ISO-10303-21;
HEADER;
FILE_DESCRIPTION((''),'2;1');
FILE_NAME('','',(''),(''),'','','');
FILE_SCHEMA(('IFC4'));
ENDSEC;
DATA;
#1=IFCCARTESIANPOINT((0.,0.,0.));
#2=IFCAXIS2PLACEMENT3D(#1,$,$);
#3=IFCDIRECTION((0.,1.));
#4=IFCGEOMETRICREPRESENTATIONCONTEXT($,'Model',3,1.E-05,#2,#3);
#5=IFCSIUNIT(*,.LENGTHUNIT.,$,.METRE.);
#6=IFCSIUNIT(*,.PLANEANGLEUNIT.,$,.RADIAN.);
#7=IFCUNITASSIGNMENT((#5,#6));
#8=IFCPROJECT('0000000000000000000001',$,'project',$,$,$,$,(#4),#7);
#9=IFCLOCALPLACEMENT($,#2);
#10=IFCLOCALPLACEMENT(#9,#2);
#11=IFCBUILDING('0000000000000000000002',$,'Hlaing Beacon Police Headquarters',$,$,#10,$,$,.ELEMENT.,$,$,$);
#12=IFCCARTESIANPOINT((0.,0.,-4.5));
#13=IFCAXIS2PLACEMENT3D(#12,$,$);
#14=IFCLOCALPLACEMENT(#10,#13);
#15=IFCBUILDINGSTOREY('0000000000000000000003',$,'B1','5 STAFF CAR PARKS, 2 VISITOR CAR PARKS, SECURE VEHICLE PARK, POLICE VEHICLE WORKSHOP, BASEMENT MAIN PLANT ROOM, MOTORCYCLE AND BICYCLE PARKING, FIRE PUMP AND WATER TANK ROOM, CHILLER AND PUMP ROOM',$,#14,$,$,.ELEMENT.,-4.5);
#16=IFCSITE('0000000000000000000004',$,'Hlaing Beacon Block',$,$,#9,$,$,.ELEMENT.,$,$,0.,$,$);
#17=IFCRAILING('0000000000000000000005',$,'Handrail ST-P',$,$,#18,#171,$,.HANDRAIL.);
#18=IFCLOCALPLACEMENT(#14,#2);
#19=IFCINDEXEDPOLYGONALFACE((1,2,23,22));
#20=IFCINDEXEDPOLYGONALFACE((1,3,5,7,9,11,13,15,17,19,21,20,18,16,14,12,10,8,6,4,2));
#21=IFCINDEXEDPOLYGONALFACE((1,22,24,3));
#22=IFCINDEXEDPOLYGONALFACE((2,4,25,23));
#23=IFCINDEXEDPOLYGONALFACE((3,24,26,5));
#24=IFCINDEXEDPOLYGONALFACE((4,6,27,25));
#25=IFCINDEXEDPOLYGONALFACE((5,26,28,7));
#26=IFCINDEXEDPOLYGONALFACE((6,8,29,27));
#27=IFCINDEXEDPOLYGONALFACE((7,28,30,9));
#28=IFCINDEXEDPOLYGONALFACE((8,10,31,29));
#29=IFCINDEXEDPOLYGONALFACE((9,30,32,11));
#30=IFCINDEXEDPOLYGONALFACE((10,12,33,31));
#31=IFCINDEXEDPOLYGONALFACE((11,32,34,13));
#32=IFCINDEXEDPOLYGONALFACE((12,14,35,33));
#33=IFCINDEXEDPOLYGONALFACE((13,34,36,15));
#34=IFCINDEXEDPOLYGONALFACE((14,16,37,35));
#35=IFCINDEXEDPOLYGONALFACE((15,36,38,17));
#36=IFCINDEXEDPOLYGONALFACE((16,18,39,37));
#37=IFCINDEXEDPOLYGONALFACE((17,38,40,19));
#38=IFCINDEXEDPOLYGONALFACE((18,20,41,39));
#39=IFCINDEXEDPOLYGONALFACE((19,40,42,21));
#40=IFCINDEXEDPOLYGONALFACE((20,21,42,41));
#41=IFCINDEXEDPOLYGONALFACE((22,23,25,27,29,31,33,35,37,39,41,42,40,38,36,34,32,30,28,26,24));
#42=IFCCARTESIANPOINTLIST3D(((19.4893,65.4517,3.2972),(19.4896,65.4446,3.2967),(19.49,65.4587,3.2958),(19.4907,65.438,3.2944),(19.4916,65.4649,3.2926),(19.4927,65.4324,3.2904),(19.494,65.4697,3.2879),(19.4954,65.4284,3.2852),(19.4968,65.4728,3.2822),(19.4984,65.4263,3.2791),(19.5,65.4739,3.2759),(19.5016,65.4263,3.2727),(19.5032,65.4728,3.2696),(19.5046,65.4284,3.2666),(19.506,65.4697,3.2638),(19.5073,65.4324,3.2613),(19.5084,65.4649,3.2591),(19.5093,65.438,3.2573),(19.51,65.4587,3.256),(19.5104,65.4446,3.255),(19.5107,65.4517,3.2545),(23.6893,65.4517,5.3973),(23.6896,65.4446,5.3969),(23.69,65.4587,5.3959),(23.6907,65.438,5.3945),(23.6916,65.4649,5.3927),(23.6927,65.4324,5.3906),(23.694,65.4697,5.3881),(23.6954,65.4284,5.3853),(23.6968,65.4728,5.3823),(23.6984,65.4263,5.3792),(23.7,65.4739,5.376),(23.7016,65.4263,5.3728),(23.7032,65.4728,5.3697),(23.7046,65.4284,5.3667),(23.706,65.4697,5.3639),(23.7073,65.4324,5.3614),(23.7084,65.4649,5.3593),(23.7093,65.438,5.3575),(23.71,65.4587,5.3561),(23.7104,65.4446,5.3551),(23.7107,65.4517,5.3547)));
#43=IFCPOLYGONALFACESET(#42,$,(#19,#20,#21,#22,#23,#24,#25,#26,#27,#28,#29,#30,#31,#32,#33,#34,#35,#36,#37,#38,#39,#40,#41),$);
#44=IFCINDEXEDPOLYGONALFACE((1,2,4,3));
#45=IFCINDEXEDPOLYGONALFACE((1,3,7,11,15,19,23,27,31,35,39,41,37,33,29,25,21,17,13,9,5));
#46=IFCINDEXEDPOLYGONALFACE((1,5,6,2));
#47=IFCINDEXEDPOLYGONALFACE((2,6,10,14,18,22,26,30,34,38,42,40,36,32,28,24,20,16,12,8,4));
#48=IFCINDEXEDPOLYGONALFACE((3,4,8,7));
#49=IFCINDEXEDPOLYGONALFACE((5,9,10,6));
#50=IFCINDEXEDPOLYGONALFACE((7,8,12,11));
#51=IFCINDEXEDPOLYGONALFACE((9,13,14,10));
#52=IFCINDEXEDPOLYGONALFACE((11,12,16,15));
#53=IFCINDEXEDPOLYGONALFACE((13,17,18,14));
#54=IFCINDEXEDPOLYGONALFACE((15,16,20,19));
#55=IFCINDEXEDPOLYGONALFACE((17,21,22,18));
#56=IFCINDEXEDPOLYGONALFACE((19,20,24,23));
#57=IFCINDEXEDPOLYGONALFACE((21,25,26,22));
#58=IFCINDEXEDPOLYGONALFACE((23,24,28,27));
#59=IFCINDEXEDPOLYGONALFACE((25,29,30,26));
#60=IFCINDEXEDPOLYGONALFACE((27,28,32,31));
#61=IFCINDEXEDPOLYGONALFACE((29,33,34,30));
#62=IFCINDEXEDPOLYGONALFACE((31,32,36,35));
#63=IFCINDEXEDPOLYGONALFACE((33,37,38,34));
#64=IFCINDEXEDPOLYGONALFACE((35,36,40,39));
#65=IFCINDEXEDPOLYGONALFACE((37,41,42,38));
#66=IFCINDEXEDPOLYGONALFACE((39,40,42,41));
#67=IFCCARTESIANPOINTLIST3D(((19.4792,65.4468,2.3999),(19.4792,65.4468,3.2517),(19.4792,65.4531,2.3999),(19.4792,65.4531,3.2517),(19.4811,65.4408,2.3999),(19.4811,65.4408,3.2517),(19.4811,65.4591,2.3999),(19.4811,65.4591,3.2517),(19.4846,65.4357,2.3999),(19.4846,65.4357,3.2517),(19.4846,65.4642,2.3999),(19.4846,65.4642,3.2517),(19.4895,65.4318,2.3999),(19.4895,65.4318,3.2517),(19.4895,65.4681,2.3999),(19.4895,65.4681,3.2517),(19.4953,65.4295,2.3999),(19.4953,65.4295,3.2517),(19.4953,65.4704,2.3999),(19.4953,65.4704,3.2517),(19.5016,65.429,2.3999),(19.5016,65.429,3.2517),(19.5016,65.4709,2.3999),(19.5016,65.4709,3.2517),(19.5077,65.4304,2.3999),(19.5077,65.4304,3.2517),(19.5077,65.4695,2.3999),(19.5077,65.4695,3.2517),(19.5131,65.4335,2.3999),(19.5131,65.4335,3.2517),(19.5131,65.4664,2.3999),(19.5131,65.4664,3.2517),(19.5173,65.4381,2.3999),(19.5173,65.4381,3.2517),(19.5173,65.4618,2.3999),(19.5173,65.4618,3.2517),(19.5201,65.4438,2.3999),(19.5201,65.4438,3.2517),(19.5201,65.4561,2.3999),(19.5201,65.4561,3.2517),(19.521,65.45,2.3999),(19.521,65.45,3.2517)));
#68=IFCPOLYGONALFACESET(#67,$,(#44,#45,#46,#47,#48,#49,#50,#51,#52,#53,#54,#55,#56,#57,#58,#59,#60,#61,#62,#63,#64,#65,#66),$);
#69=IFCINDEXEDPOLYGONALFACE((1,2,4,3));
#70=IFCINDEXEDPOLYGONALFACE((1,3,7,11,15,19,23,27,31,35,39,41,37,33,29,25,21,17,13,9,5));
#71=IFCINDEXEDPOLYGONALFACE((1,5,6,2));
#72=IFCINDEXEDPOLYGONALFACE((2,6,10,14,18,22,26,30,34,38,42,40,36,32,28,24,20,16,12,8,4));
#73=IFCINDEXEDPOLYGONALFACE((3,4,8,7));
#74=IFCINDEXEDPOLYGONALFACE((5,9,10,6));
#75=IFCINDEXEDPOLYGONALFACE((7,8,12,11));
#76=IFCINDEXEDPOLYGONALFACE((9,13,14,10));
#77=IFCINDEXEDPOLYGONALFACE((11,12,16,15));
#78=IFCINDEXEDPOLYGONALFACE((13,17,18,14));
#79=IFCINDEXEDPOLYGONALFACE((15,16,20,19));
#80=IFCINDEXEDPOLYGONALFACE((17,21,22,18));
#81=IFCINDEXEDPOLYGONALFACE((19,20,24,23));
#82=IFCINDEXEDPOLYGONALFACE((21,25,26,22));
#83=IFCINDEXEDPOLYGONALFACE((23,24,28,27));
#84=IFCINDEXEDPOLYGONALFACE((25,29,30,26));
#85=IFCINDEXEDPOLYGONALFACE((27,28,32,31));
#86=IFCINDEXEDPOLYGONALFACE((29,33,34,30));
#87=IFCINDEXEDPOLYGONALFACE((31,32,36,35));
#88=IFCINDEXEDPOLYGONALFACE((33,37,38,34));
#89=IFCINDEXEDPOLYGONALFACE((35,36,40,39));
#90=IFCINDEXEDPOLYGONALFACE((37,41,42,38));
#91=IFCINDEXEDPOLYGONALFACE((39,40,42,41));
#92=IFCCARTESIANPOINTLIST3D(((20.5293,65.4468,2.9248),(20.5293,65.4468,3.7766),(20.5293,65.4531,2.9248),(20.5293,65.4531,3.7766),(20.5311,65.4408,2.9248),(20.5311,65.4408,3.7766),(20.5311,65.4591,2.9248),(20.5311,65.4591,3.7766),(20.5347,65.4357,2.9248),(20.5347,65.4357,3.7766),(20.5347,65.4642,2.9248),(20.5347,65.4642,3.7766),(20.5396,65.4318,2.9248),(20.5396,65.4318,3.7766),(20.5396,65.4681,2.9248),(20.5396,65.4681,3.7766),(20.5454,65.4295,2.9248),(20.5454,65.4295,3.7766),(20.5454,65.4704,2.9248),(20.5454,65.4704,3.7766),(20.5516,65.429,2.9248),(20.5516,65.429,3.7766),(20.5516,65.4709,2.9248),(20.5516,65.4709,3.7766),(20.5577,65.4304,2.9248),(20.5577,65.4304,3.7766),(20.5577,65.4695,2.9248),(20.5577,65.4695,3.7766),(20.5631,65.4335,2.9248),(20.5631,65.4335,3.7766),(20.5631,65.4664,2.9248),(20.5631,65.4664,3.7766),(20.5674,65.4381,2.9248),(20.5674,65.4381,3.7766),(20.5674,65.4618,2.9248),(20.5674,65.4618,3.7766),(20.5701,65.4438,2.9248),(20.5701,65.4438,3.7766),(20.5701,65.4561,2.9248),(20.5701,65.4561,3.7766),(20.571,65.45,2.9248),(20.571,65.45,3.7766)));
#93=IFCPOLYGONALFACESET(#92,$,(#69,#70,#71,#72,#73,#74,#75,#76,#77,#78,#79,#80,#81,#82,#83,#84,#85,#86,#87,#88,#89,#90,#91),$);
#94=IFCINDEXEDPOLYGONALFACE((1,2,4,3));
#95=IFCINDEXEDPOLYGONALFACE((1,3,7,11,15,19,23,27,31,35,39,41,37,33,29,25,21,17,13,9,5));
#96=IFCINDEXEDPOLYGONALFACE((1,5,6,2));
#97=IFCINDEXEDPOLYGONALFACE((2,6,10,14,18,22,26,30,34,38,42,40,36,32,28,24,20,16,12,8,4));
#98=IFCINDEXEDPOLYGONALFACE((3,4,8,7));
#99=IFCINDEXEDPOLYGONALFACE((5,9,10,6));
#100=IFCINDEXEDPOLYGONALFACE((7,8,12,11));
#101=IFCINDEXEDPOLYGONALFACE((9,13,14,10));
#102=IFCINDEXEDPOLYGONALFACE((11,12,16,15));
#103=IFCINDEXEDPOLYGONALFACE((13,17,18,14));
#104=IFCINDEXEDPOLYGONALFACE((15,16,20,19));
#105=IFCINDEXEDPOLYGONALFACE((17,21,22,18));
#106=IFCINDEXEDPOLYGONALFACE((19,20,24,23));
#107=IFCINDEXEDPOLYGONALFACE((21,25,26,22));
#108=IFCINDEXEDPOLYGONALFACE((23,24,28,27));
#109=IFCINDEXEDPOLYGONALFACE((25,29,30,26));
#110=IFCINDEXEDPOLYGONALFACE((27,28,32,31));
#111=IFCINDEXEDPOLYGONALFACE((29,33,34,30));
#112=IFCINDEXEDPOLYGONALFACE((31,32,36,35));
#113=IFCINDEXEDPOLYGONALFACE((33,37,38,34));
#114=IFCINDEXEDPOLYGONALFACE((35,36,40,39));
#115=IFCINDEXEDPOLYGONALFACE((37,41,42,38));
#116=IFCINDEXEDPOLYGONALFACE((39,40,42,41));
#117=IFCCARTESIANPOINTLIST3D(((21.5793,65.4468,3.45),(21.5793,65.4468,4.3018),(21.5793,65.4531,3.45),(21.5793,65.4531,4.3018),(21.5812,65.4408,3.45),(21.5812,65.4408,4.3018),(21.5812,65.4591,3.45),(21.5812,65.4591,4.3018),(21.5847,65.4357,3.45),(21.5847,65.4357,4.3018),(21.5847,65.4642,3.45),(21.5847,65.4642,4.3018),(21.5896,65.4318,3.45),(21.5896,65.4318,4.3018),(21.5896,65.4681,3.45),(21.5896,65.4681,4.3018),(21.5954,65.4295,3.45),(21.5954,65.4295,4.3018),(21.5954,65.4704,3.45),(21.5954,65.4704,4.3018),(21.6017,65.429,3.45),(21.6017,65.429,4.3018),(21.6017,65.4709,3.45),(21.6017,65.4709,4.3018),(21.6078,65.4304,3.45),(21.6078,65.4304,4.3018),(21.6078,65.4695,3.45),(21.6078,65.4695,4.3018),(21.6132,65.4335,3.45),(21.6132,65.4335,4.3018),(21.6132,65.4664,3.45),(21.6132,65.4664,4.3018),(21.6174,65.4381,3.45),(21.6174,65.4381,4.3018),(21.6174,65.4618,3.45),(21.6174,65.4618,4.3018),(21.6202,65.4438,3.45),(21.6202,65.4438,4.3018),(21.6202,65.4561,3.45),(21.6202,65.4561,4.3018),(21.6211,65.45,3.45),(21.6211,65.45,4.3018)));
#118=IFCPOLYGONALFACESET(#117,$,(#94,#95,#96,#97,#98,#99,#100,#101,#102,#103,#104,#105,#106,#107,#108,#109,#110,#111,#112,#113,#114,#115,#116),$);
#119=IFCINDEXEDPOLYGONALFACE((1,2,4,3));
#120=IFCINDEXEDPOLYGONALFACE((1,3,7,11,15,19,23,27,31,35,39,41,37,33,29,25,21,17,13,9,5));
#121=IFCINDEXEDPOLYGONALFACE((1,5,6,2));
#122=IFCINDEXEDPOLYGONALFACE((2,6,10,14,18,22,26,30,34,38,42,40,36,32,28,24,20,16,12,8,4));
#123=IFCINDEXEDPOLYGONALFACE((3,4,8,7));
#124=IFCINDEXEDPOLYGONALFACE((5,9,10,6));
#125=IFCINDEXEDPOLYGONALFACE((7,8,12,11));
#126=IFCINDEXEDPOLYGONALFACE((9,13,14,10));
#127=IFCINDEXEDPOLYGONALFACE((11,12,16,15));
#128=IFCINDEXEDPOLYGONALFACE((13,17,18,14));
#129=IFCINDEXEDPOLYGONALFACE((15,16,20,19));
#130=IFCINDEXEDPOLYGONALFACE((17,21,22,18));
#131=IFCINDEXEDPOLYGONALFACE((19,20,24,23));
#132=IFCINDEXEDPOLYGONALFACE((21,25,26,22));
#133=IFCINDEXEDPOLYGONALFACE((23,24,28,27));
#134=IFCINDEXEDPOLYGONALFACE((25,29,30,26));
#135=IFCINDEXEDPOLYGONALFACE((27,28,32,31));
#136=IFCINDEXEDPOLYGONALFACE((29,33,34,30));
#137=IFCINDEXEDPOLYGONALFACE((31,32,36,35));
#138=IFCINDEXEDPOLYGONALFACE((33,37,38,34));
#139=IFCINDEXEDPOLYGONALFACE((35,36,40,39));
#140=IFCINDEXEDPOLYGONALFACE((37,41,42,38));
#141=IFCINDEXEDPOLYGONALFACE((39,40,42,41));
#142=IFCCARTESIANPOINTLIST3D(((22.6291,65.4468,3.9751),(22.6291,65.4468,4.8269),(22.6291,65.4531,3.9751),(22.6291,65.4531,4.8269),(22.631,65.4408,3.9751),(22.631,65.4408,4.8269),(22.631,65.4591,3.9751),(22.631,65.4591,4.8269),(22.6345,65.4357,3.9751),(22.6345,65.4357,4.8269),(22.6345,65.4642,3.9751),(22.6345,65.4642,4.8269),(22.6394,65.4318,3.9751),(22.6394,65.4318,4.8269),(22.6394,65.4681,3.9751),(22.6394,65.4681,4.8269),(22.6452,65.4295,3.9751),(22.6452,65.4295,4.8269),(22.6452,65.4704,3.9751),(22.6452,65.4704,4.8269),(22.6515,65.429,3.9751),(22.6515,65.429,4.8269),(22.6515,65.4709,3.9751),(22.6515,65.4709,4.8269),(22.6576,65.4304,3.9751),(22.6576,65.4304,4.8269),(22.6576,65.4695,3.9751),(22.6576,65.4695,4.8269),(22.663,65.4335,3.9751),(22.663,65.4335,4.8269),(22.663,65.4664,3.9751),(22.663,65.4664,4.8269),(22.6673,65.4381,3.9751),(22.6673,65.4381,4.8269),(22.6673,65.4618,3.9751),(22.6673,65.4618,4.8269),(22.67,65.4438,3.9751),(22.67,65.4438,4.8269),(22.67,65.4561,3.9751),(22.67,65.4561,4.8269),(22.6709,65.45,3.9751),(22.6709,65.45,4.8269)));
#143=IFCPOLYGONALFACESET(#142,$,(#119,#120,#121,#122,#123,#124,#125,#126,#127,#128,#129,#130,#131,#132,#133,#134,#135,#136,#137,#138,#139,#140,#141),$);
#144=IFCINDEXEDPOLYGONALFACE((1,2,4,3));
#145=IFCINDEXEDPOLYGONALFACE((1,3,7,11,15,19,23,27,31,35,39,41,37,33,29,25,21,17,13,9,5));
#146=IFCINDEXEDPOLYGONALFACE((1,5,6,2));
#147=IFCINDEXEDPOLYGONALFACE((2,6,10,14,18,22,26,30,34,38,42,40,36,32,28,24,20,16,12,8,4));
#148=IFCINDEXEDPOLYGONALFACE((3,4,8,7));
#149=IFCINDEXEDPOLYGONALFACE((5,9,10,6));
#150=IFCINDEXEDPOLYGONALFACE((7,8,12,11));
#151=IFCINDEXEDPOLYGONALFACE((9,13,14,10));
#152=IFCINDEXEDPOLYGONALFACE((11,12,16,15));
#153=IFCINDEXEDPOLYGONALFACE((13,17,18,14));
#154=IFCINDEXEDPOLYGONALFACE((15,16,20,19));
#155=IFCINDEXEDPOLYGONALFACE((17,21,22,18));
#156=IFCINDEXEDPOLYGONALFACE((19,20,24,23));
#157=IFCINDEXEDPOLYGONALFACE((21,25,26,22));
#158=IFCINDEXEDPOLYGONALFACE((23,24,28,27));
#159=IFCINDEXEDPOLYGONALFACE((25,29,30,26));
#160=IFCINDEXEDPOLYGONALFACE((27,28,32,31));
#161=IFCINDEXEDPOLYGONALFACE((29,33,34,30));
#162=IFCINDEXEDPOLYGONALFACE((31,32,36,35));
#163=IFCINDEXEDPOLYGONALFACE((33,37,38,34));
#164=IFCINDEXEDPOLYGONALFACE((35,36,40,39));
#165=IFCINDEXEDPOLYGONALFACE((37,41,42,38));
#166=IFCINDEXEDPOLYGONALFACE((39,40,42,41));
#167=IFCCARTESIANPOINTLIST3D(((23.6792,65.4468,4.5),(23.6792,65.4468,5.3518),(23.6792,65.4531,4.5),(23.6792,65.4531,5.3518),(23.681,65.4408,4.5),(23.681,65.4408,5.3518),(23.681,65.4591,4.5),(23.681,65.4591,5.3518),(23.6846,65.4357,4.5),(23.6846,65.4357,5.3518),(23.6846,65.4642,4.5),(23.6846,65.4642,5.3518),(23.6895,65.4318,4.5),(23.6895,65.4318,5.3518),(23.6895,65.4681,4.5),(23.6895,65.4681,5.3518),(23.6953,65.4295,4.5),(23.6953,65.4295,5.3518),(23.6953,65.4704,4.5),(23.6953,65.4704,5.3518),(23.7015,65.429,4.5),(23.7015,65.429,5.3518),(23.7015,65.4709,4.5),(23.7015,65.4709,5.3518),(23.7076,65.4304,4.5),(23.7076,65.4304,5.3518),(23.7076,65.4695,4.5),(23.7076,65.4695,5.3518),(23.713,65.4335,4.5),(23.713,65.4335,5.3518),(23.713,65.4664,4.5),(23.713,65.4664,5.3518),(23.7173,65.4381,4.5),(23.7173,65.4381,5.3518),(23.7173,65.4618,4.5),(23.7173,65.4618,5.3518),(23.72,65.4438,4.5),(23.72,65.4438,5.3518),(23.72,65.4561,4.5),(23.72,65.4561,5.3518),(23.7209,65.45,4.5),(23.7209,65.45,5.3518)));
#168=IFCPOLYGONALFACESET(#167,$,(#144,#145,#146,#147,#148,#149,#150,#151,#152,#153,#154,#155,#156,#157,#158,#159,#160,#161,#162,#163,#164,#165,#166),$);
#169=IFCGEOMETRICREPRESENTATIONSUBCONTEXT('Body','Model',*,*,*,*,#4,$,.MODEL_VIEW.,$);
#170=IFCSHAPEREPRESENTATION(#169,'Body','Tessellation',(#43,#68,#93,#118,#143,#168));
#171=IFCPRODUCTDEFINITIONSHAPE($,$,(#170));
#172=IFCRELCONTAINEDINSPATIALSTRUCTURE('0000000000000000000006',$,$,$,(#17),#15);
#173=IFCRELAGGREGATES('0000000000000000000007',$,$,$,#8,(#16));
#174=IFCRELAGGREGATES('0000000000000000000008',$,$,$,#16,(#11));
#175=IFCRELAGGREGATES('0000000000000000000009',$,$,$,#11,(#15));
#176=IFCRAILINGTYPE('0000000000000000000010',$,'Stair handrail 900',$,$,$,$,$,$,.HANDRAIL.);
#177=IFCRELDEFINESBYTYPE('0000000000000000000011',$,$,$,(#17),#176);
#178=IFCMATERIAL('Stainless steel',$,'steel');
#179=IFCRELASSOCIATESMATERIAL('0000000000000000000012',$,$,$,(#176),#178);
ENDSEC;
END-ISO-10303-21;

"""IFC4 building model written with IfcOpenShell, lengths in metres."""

from ifc_helpers import new_model, si_unit, direction, frame, origin, origin_2d, place, context, subcontext, project, spatial, circle, extrude, material, type_object, element, save


model = new_model("IFC4")

# Units and contexts
model_context = context("Model", 3, precision=1e-05, world=origin(), true_north=direction((0.0, 1.0)))
body_context = subcontext(model_context, "Body", "Model", "MODEL_VIEW")
ifc_project = project(units=[si_unit("LENGTHUNIT", "METRE"), si_unit("PLANEANGLEUNIT", "RADIAN")], contexts=[model_context])

# Site, building, storey
site_placement = place(None, origin())
site = spatial("IfcSite", under=ifc_project, at=site_placement, Name="Hlaing Beacon Block", CompositionType="ELEMENT", RefElevation=0.0)
building_placement = place(site_placement, origin())
building = spatial("IfcBuilding", under=site, at=building_placement, Name="Hlaing Beacon Police Headquarters", CompositionType="ELEMENT")
storey_placement = place(building_placement, frame((0.0, 0.0, -4.5)))
storey = spatial("IfcBuildingStorey", under=building, at=storey_placement, Name="B1", Description="5 STAFF CAR PARKS, 2 VISITOR CAR PARKS, SECURE VEHICLE PARK, POLICE VEHICLE WORKSHOP, BASEMENT MAIN PLANT ROOM, MOTORCYCLE AND BICYCLE PARKING, FIRE PUMP AND WATER TANK ROOM, CHILLER AND PUMP ROOM", CompositionType="ELEMENT", Elevation=-4.5)

# Railing
ifc_material_1 = material(Name="Stainless steel", Category="steel")
railing_type = type_object("IfcRailingType", Name="Stair handrail 900", PredefinedType="HANDRAIL", material=ifc_material_1)
for number, where, name in (
    (1, (19.5, 65.45, 2.3999), "Handrail ST-P"),
):
    element("IfcRailing", number, at=place(storey_placement, frame(where)), inside=storey, type_object=railing_type, Name=name, PredefinedType="HANDRAIL", context=body_context, shape_type="SweptSolid", body=[
        extrude(circle(Radius=0.0239, at=origin_2d()), frame((0.0, 0.0, 0.876), z_axis=(0.894417, 0.0, 0.447234), x_axis=(0.0, 1.0, 0.0)), (0.0, 0.0, 1.0), 4.6958),
        extrude(circle(Radius=0.021, at=origin_2d()), origin(), (0.0, 0.0, 1.0), 0.8518),
        extrude(circle(Radius=0.021, at=origin_2d()), frame((1.05, 0.0, 0.5249)), (0.0, 0.0, 1.0), 0.8518),
        extrude(circle(Radius=0.021, at=origin_2d()), frame((2.1001, 0.0, 1.05)), (0.0, 0.0, 1.0), 0.8518),
        extrude(circle(Radius=0.021, at=origin_2d()), frame((3.1499, 0.0, 1.5752)), (0.0, 0.0, 1.0), 0.8518),
        extrude(circle(Radius=0.021, at=origin_2d()), frame((4.2, 0.0, 2.1001)), (0.0, 0.0, 1.0), 0.8518),
    ])

save(model, "model.ifc")
